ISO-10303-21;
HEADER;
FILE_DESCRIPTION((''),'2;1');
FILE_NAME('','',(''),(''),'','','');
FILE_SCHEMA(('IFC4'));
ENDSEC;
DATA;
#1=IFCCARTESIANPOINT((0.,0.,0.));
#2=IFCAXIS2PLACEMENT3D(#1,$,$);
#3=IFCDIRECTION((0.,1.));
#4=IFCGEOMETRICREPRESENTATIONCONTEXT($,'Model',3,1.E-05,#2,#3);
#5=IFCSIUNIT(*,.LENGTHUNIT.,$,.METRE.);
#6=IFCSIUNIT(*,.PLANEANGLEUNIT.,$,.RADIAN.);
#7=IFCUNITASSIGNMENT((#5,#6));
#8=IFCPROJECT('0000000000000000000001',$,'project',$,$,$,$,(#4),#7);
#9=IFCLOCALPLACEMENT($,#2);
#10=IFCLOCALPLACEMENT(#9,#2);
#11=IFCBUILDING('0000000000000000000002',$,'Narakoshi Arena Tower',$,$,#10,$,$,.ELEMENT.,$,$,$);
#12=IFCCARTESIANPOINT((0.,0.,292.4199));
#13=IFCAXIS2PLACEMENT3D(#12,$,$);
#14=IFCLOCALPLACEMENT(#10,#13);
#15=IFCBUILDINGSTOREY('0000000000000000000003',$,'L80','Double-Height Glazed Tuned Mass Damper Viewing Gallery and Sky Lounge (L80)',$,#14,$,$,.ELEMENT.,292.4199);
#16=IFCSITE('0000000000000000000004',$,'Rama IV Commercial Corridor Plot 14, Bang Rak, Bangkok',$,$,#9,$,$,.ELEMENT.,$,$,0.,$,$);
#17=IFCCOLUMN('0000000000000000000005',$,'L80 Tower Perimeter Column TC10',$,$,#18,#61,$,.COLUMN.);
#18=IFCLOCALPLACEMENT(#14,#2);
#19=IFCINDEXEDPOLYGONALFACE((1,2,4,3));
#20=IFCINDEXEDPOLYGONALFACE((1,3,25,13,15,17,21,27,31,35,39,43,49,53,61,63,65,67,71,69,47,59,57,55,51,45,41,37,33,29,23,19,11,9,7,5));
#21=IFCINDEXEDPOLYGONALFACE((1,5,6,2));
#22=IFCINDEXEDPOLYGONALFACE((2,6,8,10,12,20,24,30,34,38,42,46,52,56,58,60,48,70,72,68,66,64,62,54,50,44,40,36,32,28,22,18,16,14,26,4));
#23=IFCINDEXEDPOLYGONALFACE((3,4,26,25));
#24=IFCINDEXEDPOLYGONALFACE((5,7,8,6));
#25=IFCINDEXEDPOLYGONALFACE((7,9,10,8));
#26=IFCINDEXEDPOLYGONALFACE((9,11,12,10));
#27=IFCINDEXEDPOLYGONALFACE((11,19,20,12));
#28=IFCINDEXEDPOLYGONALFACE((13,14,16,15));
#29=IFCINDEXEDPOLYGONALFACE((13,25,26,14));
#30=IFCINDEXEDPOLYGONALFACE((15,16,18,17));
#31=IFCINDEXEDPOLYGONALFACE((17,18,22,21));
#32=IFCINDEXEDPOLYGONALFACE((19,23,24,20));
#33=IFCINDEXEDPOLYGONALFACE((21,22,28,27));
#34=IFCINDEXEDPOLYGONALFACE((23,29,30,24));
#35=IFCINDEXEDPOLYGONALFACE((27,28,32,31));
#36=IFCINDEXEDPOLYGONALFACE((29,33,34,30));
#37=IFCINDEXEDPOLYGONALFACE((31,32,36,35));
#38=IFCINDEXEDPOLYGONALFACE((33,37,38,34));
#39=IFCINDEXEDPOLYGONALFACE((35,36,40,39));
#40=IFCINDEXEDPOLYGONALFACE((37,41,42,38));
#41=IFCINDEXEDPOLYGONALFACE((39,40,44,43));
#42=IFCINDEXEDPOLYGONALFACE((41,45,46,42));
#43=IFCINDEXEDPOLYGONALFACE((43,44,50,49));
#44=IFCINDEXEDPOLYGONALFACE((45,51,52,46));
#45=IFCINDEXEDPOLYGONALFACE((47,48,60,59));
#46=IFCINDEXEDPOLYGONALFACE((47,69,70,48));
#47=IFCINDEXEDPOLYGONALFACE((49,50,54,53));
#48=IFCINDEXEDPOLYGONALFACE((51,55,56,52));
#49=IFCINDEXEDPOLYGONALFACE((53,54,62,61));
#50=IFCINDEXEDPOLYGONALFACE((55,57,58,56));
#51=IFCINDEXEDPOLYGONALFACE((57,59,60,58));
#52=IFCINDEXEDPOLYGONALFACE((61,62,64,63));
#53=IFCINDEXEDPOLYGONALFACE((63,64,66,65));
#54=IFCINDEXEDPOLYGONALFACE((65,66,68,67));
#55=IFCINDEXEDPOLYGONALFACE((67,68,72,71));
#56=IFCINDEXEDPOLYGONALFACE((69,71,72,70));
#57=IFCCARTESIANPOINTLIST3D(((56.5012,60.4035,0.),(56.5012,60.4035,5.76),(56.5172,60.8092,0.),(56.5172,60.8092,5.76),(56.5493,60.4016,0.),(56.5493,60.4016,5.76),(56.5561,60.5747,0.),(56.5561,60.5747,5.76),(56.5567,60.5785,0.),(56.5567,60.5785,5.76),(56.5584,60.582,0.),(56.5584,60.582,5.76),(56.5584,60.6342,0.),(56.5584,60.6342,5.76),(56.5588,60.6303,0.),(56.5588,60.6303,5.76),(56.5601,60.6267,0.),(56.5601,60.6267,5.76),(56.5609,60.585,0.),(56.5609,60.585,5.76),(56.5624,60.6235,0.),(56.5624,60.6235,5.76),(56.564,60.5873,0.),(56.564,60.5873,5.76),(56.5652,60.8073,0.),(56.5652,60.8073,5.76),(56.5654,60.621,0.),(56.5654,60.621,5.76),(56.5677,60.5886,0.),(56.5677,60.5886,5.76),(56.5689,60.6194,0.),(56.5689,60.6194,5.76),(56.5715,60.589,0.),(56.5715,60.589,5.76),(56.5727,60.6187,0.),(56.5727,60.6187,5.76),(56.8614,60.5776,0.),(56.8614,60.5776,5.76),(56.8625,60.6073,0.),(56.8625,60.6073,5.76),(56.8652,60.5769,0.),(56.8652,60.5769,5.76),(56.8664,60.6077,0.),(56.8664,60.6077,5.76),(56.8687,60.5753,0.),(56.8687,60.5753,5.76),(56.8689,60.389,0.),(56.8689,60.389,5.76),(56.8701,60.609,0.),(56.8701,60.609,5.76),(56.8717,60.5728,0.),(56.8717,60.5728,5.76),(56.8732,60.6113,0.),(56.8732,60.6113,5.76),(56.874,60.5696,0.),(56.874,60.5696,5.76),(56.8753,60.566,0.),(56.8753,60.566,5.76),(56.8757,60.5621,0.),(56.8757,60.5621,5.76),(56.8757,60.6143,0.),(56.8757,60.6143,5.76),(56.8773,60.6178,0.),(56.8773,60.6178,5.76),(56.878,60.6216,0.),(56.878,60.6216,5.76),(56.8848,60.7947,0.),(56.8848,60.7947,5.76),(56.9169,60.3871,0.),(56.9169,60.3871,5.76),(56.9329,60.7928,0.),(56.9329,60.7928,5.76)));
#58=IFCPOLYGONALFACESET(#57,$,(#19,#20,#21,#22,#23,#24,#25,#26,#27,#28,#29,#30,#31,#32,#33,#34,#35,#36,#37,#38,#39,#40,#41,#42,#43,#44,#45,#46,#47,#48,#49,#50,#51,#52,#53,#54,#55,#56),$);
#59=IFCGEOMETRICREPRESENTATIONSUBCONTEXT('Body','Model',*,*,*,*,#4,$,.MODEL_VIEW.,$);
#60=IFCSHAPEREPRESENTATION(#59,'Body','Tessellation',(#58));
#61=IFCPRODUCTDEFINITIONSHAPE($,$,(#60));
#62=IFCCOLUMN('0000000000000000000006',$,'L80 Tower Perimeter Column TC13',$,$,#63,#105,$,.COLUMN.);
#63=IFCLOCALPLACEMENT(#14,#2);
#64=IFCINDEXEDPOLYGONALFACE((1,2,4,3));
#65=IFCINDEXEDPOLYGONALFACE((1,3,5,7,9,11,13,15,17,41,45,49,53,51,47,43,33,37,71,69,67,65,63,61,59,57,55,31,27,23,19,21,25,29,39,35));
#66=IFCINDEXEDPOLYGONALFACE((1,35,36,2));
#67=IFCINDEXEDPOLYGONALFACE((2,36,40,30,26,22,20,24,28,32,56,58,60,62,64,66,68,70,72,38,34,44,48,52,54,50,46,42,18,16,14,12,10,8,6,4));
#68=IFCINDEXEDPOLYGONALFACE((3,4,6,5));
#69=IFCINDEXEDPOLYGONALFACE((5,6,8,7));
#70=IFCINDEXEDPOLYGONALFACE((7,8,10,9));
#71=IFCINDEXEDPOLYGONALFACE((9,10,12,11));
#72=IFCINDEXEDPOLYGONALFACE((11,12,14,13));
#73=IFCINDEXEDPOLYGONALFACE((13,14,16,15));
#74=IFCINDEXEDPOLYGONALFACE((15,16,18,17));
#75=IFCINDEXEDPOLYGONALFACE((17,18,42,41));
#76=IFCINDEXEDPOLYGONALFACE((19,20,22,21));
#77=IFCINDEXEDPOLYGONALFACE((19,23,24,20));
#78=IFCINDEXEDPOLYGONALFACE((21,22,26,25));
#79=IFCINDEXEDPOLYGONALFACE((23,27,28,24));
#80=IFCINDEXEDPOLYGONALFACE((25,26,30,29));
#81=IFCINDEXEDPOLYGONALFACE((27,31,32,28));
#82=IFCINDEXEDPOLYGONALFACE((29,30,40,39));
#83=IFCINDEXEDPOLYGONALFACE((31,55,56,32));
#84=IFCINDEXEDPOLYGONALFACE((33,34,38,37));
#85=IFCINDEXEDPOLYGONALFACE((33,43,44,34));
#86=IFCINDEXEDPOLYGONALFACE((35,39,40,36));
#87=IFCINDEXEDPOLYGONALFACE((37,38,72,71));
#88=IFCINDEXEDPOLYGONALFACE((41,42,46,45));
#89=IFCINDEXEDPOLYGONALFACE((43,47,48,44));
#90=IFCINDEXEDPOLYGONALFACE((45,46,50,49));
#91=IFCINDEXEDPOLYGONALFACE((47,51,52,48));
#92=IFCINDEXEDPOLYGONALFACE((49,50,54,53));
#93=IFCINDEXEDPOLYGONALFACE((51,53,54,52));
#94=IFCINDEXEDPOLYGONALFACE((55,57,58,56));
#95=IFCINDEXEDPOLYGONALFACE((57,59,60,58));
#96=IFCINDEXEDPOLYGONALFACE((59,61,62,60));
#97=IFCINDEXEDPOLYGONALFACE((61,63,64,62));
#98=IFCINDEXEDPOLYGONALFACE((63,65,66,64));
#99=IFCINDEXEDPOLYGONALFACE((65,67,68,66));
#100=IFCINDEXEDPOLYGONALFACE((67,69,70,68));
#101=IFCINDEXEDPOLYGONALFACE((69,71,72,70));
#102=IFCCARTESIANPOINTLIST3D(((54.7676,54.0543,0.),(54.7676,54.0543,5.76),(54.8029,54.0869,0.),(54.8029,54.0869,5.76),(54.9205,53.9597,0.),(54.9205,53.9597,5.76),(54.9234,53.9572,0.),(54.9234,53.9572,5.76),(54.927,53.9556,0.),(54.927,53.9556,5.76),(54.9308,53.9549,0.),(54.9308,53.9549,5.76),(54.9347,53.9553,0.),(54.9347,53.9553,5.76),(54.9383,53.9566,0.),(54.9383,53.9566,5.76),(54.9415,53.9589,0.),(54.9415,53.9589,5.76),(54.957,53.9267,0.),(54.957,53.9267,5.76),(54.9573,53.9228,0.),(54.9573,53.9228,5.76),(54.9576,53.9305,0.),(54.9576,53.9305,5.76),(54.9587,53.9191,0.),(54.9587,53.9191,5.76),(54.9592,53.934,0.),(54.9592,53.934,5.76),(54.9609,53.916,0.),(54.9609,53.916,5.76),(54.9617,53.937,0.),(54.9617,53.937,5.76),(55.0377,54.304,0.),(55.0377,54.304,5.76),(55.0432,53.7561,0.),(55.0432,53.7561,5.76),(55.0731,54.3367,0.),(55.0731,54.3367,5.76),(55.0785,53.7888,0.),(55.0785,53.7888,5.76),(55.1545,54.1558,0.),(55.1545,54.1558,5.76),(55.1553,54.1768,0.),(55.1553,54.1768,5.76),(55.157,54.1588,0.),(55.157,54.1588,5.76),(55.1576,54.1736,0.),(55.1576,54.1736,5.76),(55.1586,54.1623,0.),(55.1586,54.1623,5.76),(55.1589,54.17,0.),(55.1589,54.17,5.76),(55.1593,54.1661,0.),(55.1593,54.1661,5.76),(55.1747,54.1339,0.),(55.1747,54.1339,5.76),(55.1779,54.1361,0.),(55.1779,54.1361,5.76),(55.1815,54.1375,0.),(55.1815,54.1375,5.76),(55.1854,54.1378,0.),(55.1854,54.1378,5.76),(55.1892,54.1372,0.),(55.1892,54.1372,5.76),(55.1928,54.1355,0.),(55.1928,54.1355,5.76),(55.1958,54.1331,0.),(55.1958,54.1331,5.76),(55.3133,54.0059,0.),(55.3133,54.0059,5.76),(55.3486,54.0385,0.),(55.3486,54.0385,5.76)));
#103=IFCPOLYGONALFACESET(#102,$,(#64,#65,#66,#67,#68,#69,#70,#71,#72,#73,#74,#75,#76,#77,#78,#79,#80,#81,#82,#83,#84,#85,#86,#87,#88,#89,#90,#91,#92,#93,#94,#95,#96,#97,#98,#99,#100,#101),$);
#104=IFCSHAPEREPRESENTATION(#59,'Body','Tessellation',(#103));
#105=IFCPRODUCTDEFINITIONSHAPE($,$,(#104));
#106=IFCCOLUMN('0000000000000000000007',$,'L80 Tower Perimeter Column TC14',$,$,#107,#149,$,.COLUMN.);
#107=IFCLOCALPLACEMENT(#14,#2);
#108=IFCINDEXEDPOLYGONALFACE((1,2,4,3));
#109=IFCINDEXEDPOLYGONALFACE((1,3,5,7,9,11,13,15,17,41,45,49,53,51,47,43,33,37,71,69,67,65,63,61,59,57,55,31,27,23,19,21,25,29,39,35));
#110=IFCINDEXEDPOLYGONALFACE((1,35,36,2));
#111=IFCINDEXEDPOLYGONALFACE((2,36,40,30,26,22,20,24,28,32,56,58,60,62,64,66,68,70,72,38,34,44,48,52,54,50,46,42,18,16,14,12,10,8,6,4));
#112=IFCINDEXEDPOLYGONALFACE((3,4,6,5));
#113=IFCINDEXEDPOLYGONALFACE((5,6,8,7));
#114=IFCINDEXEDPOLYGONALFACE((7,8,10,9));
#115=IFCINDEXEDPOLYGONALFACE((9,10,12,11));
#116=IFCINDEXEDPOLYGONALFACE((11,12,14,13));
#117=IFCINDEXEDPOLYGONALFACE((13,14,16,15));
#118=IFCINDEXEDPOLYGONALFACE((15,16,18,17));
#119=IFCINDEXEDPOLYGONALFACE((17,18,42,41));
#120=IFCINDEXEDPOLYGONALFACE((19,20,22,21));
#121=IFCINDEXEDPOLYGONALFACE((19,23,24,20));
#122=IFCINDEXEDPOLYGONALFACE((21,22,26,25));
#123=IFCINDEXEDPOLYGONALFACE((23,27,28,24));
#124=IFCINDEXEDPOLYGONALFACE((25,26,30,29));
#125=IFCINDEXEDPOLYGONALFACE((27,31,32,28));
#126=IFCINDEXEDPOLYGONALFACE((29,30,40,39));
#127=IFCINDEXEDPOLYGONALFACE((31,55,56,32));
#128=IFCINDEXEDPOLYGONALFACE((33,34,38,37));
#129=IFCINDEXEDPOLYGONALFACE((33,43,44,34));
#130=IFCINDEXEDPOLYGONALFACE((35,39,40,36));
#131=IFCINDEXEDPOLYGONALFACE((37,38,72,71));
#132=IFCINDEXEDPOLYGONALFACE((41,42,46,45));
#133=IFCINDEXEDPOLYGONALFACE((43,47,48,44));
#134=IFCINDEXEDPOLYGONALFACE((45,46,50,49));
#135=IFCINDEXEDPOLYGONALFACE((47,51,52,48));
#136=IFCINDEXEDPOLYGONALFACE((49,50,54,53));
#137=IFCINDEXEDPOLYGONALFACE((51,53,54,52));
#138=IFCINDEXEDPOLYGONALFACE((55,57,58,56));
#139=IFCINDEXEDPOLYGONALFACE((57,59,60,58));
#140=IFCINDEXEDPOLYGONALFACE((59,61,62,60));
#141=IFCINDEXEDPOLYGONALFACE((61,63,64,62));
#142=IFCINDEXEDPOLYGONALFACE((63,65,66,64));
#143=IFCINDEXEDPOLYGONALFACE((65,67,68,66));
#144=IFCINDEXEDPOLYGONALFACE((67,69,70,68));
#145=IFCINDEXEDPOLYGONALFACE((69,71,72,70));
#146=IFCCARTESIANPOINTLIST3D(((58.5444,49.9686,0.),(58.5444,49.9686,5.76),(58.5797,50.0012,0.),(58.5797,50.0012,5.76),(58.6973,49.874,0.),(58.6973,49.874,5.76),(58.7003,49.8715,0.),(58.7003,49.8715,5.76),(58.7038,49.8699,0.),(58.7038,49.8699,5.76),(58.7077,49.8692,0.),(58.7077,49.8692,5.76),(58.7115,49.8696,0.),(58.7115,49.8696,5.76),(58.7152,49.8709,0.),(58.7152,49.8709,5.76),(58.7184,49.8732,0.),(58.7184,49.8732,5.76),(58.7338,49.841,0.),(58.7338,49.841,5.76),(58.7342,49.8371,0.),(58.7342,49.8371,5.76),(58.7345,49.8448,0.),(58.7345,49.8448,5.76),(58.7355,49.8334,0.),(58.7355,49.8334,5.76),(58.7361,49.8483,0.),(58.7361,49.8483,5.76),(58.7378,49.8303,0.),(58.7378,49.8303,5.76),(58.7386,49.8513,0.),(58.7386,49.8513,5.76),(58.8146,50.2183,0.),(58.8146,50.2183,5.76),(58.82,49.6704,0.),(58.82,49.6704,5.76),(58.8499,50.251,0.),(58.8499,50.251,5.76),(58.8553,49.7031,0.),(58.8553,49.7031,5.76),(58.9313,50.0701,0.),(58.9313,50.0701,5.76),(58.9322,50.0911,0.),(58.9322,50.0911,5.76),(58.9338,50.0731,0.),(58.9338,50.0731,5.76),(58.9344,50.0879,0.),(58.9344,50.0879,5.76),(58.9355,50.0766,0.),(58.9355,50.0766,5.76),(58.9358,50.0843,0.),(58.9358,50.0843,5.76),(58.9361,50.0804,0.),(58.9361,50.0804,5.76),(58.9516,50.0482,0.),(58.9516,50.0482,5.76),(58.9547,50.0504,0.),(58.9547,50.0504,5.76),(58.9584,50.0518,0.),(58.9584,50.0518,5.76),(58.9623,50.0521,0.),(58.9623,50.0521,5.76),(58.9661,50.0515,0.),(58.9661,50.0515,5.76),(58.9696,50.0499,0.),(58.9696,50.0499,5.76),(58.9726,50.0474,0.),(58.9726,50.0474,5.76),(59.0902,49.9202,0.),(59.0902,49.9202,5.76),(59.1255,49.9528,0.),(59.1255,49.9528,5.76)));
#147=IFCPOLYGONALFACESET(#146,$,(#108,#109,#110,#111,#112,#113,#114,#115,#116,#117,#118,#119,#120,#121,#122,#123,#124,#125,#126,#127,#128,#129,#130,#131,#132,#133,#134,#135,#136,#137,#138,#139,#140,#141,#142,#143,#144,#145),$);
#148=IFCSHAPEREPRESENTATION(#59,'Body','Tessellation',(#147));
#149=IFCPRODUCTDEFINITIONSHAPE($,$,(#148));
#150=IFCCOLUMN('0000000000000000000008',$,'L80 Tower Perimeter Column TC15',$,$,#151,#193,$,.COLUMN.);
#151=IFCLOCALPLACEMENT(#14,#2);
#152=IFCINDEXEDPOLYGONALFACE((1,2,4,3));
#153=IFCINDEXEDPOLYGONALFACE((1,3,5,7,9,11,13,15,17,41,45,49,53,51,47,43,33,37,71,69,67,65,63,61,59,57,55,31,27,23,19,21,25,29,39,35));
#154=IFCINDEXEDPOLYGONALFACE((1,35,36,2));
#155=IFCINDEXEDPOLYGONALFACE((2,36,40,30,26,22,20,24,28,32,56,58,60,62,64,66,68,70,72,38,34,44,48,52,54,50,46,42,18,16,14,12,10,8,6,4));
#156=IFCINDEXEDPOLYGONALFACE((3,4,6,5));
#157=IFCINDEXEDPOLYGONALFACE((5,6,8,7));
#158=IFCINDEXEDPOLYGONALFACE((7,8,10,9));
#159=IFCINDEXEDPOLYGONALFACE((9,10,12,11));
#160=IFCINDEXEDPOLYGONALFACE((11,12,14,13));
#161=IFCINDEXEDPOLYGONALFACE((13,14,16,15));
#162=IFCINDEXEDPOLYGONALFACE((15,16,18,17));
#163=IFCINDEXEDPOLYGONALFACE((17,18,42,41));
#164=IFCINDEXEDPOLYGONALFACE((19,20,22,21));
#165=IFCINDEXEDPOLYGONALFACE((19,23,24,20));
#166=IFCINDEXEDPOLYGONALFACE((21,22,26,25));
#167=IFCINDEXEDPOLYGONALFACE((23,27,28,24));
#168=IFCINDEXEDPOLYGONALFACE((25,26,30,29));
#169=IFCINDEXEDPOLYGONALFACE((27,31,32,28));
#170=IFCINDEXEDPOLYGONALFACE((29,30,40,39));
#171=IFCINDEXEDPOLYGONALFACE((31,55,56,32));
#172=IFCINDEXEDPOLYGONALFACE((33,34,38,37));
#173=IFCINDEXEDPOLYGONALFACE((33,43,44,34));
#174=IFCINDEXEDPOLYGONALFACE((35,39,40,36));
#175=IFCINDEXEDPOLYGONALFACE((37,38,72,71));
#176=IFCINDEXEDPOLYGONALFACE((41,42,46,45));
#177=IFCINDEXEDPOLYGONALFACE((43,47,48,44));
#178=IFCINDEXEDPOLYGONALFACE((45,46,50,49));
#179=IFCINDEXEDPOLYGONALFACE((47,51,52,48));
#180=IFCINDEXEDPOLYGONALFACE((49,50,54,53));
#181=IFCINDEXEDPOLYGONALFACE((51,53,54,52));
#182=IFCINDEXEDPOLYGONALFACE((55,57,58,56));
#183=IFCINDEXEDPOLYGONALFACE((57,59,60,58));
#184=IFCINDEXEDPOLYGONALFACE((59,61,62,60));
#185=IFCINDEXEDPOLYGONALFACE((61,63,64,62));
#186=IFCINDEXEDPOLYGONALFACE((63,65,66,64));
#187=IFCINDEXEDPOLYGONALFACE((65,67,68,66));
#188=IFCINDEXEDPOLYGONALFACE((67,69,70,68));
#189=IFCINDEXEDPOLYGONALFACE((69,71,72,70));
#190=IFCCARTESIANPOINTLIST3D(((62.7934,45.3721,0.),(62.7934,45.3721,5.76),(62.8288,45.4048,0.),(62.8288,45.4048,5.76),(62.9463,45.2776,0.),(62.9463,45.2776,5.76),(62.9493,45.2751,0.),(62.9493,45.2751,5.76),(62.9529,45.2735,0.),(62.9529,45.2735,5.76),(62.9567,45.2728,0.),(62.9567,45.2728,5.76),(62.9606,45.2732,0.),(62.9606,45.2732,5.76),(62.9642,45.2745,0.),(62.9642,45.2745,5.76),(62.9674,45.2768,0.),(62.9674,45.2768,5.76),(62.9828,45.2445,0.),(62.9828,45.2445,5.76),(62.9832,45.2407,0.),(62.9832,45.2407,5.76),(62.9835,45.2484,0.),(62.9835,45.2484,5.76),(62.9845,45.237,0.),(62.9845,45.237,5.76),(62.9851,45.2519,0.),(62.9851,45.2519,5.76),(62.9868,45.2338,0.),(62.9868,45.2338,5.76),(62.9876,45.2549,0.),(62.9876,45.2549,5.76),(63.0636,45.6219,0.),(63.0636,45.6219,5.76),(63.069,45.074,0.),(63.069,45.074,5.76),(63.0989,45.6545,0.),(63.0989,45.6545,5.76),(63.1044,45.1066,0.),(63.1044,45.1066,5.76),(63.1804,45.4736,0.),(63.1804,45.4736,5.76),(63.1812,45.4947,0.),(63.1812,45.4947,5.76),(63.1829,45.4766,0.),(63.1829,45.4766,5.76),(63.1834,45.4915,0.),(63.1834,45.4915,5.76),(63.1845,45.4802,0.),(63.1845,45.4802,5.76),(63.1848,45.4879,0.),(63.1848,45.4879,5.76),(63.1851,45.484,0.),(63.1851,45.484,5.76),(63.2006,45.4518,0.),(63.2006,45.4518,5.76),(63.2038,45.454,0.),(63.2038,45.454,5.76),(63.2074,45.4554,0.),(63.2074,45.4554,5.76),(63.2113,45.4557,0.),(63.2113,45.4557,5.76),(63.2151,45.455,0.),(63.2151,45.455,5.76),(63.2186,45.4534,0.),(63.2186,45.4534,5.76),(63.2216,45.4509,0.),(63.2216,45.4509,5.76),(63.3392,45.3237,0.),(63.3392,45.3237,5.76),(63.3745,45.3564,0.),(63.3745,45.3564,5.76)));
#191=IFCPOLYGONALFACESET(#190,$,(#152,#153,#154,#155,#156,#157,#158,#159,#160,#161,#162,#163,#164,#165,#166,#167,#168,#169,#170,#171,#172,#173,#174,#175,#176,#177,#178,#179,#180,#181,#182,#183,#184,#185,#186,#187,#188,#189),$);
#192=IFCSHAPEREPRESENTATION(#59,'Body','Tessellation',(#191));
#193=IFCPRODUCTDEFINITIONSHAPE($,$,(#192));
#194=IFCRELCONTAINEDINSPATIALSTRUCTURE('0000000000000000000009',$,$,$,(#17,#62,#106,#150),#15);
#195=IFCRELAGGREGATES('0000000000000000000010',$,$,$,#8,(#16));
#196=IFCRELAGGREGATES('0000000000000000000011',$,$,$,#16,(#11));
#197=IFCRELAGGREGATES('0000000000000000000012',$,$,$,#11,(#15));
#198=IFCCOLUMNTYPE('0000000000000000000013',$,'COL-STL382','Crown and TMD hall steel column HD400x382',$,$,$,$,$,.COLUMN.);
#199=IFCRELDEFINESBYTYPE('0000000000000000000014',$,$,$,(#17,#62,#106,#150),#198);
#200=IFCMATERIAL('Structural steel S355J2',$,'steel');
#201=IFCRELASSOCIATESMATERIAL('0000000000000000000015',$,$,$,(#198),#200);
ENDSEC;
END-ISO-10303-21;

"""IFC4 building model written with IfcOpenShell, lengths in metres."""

from ifc_helpers import new_model, si_unit, direction, frame, origin, origin_2d, place, context, subcontext, project, spatial, i_section, extrude, material, material_profile, profile_set, type_object, element, save


model = new_model("IFC4")

# Units and contexts
model_context = context("Model", 3, precision=1e-05, world=origin(), true_north=direction((0.0, 1.0)))
body_context = subcontext(model_context, "Body", "Model", "MODEL_VIEW")
ifc_project = project(units=[si_unit("LENGTHUNIT", "METRE"), si_unit("PLANEANGLEUNIT", "RADIAN")], contexts=[model_context])

# Site, building, storey
site_placement = place(None, origin())
site = spatial("IfcSite", under=ifc_project, at=site_placement, Name="Rama IV Commercial Corridor Plot 14, Bang Rak, Bangkok", CompositionType="ELEMENT", RefElevation=0.0)
building_placement = place(site_placement, origin())
building = spatial("IfcBuilding", under=site, at=building_placement, Name="Narakoshi Arena Tower", CompositionType="ELEMENT")
storey_placement = place(building_placement, frame((0.0, 0.0, 292.4199)))
storey = spatial("IfcBuildingStorey", under=building, at=storey_placement, Name="L80", Description="Double-Height Glazed Tuned Mass Damper Viewing Gallery and Sky Lounge (L80)", CompositionType="ELEMENT", Elevation=292.4199)

# Columns
ifc_material_1 = material(Name="Structural steel S355J2", Category="steel")
ifc_material_profile_1 = material_profile(ifc_material_1, i_section(OverallWidth=0.406, OverallDepth=0.416, WebThickness=0.0298, FlangeThickness=0.0481, FilletRadius=0.0149, at=origin_2d()), Name="HD400x382")
ifc_profile_set_1 = profile_set([ifc_material_profile_1], Name="Structural steel S355J2")
column_type = type_object("IfcColumnType", Name="COL-STL382", Description="Crown and TMD hall steel column HD400x382", PredefinedType="COLUMN", material=ifc_profile_set_1)
for number, where, z_axis, x_axis, name in (
    (1, (56.717, 60.5981, 0.0), (0.0, 0.0, 1.0), (0.03926, 0.999229, 0.0), "L80 Tower Perimeter Column TC10"),
    (2, (55.0581, 54.0464, 0.0), (0.0, 0.0, 1.0), (-0.678801, 0.734323, 0.0), "L80 Tower Perimeter Column TC13"),
    (3, (58.835, 49.9607, 0.0), (0.0, 0.0, 1.0), (-0.678801, 0.734323, 0.0), "L80 Tower Perimeter Column TC14"),
    (4, (63.084, 45.3643, 0.0), (0.0, 0.0, 1.0), (-0.678801, 0.734323, 0.0), "L80 Tower Perimeter Column TC15"),
):
    element("IfcColumn", number, at=place(storey_placement, frame(where, z_axis=z_axis, x_axis=x_axis)), inside=storey, type_object=column_type, Name=name, PredefinedType="COLUMN", context=body_context, shape_type="SweptSolid", body=[
        extrude(i_section(OverallWidth=0.406, OverallDepth=0.416, WebThickness=0.0298, FlangeThickness=0.0481, FilletRadius=0.0149, at=origin_2d()), origin(), (0.0, 0.0, 1.0), 5.76),
    ])

save(model, "model.ifc")
